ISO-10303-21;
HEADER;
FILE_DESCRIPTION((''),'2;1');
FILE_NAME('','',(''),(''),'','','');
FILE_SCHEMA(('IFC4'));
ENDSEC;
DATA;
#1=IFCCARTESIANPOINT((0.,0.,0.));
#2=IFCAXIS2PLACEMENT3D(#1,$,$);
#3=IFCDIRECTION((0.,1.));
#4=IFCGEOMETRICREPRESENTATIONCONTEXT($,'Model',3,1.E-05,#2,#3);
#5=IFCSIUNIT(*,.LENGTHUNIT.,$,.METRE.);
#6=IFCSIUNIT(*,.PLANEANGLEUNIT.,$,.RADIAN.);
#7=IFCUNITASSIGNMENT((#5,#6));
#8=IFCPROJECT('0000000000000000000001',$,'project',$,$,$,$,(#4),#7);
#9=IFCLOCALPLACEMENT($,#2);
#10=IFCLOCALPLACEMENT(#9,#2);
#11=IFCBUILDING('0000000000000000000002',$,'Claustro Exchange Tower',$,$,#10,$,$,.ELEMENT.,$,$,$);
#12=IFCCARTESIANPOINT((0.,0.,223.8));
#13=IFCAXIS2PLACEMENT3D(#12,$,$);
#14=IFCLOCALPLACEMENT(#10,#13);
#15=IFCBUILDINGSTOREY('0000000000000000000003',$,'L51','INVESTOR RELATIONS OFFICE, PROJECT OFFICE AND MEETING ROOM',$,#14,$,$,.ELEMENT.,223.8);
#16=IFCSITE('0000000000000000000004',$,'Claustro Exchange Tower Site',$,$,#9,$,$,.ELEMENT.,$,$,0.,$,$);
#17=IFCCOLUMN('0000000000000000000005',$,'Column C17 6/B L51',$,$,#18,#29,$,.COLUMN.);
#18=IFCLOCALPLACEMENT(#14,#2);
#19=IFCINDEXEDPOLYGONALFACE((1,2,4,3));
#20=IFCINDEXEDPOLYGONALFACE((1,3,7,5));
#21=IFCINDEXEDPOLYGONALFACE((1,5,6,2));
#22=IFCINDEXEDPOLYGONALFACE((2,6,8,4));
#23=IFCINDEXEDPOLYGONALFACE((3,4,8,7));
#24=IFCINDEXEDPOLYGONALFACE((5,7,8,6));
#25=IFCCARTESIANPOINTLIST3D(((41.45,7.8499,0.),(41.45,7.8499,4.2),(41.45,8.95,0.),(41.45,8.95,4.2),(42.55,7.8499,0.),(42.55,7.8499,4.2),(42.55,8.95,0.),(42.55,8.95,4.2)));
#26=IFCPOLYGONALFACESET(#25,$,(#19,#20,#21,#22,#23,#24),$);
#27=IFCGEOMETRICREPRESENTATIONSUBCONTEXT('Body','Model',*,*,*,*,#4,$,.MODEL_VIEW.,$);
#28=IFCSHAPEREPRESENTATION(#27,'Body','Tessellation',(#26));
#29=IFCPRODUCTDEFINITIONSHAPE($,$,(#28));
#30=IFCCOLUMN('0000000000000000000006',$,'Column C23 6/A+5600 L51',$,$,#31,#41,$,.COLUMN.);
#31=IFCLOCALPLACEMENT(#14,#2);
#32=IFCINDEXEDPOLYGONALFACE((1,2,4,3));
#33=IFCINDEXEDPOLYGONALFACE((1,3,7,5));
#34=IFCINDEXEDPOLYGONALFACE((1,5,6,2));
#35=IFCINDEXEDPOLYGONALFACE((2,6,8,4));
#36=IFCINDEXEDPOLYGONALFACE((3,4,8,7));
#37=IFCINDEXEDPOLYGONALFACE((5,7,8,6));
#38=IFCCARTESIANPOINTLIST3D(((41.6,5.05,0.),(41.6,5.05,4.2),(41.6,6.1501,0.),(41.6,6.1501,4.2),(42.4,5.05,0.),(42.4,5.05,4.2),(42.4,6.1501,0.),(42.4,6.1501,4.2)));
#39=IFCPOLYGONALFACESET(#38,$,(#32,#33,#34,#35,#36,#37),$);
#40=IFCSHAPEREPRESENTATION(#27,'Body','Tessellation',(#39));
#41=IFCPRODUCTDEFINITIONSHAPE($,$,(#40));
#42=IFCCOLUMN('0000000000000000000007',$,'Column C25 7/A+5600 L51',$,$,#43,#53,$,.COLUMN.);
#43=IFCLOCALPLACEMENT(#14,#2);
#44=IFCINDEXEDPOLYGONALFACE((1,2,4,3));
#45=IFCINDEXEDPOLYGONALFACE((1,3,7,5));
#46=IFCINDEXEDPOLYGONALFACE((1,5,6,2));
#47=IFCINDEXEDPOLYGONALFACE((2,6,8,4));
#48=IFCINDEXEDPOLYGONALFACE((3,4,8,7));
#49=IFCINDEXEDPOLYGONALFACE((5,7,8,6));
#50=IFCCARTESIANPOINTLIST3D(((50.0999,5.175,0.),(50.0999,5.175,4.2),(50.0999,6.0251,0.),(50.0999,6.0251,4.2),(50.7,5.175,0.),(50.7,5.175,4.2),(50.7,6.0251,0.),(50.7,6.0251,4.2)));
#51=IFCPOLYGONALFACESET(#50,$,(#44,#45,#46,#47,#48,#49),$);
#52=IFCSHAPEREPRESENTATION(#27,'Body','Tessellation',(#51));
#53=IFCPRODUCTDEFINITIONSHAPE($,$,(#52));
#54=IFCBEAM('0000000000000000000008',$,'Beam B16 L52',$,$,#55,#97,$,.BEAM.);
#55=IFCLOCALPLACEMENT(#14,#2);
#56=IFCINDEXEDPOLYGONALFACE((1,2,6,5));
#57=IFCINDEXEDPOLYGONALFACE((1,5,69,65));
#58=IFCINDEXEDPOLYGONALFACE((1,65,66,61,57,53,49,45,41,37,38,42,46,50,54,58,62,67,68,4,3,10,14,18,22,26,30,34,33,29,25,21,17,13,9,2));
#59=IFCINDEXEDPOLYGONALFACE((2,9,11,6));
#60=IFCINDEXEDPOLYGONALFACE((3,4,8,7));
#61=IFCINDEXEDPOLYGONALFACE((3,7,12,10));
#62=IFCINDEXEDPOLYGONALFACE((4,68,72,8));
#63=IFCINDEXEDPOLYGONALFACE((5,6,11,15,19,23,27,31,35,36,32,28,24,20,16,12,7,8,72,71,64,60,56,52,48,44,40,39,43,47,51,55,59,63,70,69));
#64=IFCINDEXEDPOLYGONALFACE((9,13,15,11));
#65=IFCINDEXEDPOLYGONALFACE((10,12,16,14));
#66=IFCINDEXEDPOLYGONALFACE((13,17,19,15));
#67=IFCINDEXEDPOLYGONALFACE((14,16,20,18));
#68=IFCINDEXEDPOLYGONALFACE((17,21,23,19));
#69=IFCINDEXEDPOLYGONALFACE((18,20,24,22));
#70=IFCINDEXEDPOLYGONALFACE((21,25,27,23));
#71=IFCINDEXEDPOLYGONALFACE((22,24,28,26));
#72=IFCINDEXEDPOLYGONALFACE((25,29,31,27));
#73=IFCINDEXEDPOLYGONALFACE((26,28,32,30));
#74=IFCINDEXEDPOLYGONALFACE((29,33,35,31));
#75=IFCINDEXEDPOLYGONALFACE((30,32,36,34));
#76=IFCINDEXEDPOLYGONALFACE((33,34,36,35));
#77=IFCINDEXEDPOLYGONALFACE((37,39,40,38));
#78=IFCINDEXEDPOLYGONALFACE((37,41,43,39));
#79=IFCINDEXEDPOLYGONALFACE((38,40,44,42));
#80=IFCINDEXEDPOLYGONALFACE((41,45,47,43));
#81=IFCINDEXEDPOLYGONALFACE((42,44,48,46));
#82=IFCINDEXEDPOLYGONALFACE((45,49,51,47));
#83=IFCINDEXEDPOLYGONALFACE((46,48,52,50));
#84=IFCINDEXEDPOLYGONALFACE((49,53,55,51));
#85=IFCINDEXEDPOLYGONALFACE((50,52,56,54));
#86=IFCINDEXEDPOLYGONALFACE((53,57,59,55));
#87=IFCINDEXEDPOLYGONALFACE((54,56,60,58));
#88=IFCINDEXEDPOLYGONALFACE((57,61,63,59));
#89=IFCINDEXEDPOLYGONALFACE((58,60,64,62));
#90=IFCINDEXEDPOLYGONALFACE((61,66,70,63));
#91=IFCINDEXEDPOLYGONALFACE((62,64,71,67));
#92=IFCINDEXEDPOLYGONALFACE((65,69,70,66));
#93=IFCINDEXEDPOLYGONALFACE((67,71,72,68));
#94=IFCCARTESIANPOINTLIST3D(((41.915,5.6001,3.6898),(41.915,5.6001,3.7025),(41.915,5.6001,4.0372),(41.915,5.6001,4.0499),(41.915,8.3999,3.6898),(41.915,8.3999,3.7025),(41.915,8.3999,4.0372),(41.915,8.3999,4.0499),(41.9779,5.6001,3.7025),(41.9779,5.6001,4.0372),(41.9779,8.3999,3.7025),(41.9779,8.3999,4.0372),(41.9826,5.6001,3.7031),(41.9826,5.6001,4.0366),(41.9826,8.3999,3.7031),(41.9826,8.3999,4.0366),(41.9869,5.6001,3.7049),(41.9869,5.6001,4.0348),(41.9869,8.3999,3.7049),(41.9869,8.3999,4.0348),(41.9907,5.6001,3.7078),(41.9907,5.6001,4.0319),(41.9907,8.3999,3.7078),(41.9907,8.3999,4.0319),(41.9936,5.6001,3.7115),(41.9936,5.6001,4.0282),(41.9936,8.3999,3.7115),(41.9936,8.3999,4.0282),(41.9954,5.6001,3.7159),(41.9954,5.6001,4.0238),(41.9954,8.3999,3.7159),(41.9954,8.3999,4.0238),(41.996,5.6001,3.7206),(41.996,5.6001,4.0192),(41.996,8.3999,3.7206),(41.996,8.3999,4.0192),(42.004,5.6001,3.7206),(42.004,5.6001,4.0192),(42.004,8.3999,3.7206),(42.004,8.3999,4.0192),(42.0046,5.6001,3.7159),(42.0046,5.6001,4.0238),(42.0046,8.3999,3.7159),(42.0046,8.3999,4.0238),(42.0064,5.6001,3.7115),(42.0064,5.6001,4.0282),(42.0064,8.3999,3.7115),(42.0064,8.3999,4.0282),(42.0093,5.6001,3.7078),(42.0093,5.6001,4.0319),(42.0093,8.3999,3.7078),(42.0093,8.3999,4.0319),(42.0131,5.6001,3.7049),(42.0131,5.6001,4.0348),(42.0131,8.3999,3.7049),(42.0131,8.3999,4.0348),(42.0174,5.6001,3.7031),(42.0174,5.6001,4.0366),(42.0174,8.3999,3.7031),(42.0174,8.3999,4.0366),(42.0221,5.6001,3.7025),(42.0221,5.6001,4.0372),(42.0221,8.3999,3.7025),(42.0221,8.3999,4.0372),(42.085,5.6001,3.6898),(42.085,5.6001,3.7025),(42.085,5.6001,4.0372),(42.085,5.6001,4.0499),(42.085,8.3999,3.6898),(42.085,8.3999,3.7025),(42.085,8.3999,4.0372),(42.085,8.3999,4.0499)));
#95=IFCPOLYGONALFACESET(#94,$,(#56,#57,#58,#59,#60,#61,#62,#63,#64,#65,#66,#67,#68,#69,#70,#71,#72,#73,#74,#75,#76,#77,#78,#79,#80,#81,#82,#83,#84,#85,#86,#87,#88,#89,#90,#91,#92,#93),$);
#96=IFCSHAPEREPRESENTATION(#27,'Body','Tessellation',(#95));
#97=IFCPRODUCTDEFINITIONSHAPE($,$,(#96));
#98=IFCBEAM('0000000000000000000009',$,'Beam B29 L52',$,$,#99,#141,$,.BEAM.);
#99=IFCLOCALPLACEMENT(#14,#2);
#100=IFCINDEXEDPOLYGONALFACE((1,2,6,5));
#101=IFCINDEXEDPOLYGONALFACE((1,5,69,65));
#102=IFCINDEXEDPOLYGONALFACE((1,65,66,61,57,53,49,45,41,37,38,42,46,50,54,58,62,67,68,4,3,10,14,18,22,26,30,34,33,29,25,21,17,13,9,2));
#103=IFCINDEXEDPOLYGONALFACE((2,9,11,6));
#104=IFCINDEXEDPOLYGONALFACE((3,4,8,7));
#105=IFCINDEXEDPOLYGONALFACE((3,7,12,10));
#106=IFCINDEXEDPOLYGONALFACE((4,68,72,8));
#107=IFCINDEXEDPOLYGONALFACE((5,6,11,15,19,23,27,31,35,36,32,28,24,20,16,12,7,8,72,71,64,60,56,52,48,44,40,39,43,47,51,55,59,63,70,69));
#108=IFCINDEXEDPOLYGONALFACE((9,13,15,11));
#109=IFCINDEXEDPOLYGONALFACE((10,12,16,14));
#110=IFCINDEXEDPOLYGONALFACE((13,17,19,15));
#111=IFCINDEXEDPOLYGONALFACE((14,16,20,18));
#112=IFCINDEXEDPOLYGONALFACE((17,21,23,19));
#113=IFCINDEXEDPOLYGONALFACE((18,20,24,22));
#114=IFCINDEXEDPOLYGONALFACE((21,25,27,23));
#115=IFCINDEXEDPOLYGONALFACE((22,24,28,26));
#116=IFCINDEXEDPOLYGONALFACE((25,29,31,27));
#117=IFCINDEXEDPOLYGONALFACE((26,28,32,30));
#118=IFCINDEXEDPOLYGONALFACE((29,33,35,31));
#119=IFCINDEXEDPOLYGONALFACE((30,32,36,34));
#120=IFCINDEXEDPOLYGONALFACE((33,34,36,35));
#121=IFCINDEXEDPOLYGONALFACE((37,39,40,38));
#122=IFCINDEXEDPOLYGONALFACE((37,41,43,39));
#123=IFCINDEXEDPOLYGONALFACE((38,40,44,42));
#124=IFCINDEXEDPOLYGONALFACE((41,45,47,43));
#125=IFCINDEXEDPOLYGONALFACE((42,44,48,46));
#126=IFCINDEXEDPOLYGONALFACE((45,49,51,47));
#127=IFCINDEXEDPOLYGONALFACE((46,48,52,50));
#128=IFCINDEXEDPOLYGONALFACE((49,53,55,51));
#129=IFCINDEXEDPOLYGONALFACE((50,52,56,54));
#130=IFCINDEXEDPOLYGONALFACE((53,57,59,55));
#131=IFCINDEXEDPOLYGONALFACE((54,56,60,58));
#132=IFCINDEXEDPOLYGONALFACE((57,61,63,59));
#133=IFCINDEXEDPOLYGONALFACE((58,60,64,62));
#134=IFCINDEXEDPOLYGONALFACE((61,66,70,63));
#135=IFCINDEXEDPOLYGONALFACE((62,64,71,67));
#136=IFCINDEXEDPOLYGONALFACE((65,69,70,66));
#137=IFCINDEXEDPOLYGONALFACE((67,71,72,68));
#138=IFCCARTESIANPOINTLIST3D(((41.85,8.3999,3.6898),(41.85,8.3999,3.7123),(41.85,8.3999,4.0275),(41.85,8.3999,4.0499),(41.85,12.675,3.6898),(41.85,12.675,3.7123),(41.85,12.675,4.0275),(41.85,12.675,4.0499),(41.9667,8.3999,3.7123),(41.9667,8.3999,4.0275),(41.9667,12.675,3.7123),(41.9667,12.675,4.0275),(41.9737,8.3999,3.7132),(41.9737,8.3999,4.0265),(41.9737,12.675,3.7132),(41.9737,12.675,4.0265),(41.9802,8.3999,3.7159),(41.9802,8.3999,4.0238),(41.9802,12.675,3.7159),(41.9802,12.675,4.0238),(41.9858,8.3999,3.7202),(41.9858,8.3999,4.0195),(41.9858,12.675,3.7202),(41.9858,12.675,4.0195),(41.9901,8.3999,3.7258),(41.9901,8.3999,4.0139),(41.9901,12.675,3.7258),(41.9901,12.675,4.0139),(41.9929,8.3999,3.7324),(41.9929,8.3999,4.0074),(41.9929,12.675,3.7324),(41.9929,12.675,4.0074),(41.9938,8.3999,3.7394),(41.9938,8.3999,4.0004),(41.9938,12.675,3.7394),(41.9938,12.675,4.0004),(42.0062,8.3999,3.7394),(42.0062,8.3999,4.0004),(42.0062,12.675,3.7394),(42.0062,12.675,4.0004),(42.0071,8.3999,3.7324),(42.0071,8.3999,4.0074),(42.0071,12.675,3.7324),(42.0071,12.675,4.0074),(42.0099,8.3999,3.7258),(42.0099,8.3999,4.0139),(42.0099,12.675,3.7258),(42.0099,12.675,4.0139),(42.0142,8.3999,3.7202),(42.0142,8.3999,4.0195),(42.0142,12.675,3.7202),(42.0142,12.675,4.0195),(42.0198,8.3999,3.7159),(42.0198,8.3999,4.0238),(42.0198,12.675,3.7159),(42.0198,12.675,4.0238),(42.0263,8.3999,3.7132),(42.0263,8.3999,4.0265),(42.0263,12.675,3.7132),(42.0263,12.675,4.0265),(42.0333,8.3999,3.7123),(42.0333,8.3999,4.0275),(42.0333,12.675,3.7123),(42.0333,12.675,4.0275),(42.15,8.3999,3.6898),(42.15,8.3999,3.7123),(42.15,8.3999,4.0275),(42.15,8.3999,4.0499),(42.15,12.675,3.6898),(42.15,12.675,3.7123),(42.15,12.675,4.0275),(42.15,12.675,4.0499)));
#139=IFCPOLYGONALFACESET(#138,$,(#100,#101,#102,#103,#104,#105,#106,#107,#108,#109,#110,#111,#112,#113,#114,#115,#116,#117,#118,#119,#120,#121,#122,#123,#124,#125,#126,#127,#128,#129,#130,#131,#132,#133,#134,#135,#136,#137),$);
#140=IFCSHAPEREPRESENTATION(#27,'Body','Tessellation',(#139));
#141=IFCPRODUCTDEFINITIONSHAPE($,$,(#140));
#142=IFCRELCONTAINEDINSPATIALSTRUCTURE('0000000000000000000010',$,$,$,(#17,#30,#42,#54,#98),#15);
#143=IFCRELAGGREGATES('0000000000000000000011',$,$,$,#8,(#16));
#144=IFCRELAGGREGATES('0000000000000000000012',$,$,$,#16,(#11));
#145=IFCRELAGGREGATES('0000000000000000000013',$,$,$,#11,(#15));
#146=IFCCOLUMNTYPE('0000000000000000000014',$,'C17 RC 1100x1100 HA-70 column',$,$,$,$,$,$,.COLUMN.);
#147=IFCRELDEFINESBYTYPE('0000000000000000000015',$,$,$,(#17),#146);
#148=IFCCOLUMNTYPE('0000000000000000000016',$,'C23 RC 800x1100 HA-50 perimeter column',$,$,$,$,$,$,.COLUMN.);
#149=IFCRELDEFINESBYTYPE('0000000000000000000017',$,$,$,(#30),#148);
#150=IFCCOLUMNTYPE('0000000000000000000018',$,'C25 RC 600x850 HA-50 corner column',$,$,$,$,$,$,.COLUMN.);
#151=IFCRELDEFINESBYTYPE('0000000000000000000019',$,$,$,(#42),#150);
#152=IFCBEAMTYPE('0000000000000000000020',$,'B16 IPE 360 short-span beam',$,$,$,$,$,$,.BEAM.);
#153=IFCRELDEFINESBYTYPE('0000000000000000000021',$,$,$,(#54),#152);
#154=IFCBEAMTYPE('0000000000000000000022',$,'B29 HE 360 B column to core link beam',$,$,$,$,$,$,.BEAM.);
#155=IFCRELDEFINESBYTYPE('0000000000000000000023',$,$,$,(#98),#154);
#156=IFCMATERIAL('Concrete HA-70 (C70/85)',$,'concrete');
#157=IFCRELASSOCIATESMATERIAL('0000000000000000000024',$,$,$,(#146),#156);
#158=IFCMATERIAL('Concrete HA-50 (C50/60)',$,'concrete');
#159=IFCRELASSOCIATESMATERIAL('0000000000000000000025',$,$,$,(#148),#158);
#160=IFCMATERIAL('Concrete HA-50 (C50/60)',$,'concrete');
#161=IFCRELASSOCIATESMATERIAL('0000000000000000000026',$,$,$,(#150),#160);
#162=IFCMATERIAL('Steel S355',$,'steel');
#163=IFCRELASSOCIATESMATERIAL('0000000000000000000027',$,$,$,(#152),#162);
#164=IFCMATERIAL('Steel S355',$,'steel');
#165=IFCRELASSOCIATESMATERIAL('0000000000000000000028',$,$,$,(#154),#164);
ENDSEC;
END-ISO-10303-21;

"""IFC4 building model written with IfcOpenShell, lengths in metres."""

from ifc_helpers import new_model, si_unit, direction, frame, origin, origin_2d, place, context, subcontext, project, spatial, rectangle, i_section, extrude, material, material_profile, profile_set, type_object, element, save


model = new_model("IFC4")

# Units and contexts
model_context = context("Model", 3, precision=1e-05, world=origin(), true_north=direction((0.0, 1.0)))
body_context = subcontext(model_context, "Body", "Model", "MODEL_VIEW")
ifc_project = project(units=[si_unit("LENGTHUNIT", "METRE"), si_unit("PLANEANGLEUNIT", "RADIAN")], contexts=[model_context])

# Site, building, storey
site_placement = place(None, origin())
site = spatial("IfcSite", under=ifc_project, at=site_placement, Name="Claustro Exchange Tower Site", CompositionType="ELEMENT", RefElevation=0.0)
building_placement = place(site_placement, origin())
building = spatial("IfcBuilding", under=site, at=building_placement, Name="Claustro Exchange Tower", CompositionType="ELEMENT")
storey_placement = place(building_placement, frame((0.0, 0.0, 223.8)))
storey = spatial("IfcBuildingStorey", under=building, at=storey_placement, Name="L51", Description="INVESTOR RELATIONS OFFICE, PROJECT OFFICE AND MEETING ROOM", CompositionType="ELEMENT", Elevation=223.8)

# Columns
ifc_material_1 = material(Name="Concrete HA-70 (C70/85)", Category="concrete")
ifc_material_profile_1 = material_profile(ifc_material_1, rectangle(XDim=1.1001, YDim=1.1001, at=origin_2d()), Name="RC 1100x1100")
ifc_profile_set_1 = profile_set([ifc_material_profile_1], Name="Concrete HA-70 (C70/85)")
column_type_1 = type_object("IfcColumnType", Name="C17 RC 1100x1100 HA-70 column", PredefinedType="COLUMN", material=ifc_profile_set_1)
column_1_placement = place(storey_placement, frame((42.0, 8.3999, 0.0), z_axis=(0.0, 0.0, 1.0), x_axis=(1.0, 0.0, 0.0)))
element("IfcColumn", 1, at=column_1_placement, inside=storey, type_object=column_type_1, Name="Column C17 6/B L51", PredefinedType="COLUMN", context=body_context, shape_type="SweptSolid", body=[
    extrude(rectangle(XDim=1.1001, YDim=1.1001, at=origin_2d()), origin(), (0.0, 0.0, 1.0), 4.2),
])
ifc_material_2 = material(Name="Concrete HA-50 (C50/60)", Category="concrete")
ifc_material_profile_2 = material_profile(ifc_material_2, rectangle(XDim=0.8, YDim=1.1001, at=origin_2d()), Name="RC 800x1100")
ifc_profile_set_2 = profile_set([ifc_material_profile_2], Name="Concrete HA-50 (C50/60)")
column_type_2 = type_object("IfcColumnType", Name="C23 RC 800x1100 HA-50 perimeter column", PredefinedType="COLUMN", material=ifc_profile_set_2)
column_2_placement = place(storey_placement, frame((42.0, 5.6001, 0.0), z_axis=(0.0, 0.0, 1.0), x_axis=(1.0, 0.0, 0.0)))
element("IfcColumn", 2, at=column_2_placement, inside=storey, type_object=column_type_2, Name="Column C23 6/A+5600 L51", PredefinedType="COLUMN", context=body_context, shape_type="SweptSolid", body=[
    extrude(rectangle(XDim=0.8, YDim=1.1001, at=origin_2d()), origin(), (0.0, 0.0, 1.0), 4.2),
])
ifc_material_3 = material(Name="Concrete HA-50 (C50/60)", Category="concrete")
ifc_material_profile_3 = material_profile(ifc_material_3, rectangle(XDim=0.6001, YDim=0.8501, at=origin_2d()), Name="RC 600x850")
ifc_profile_set_3 = profile_set([ifc_material_profile_3], Name="Concrete HA-50 (C50/60)")
column_type_3 = type_object("IfcColumnType", Name="C25 RC 600x850 HA-50 corner column", PredefinedType="COLUMN", material=ifc_profile_set_3)
column_3_placement = place(storey_placement, frame((50.3999, 5.6001, 0.0), z_axis=(0.0, 0.0, 1.0), x_axis=(1.0, 0.0, 0.0)))
element("IfcColumn", 3, at=column_3_placement, inside=storey, type_object=column_type_3, Name="Column C25 7/A+5600 L51", PredefinedType="COLUMN", context=body_context, shape_type="SweptSolid", body=[
    extrude(rectangle(XDim=0.6001, YDim=0.8501, at=origin_2d()), origin(), (0.0, 0.0, 1.0), 4.2),
])

# Beams
ifc_material_4 = material(Name="Steel S355", Category="steel")
ifc_material_profile_4 = material_profile(ifc_material_4, i_section(OverallWidth=0.1699, OverallDepth=0.3601, WebThickness=0.0081, FlangeThickness=0.0127, FilletRadius=0.0181, at=origin_2d()), Name="IPE 360")
ifc_profile_set_4 = profile_set([ifc_material_profile_4], Name="Steel S355")
beam_type_1 = type_object("IfcBeamType", Name="B16 IPE 360 short-span beam", PredefinedType="BEAM", material=ifc_profile_set_4)
beam_1_placement = place(storey_placement, frame((42.0, 5.6001, 3.8699), z_axis=(0.0, 1.0, 0.0), x_axis=(-1.0, 0.0, 0.0)))
element("IfcBeam", 4, at=beam_1_placement, inside=storey, type_object=beam_type_1, Name="Beam B16 L52", PredefinedType="BEAM", context=body_context, shape_type="SweptSolid", body=[
    extrude(i_section(OverallWidth=0.1699, OverallDepth=0.3601, WebThickness=0.0081, FlangeThickness=0.0127, FilletRadius=0.0181, at=origin_2d()), origin(), (0.0, 0.0, 1.0), 2.7998),
])
ifc_material_5 = material(Name="Steel S355", Category="steel")
ifc_material_profile_5 = material_profile(ifc_material_5, i_section(OverallWidth=0.3, OverallDepth=0.3601, WebThickness=0.0125, FlangeThickness=0.0225, FilletRadius=0.0271, at=origin_2d()), Name="HE 360 B")
ifc_profile_set_5 = profile_set([ifc_material_profile_5], Name="Steel S355")
beam_type_2 = type_object("IfcBeamType", Name="B29 HE 360 B column to core link beam", PredefinedType="BEAM", material=ifc_profile_set_5)
beam_2_placement = place(storey_placement, frame((42.0, 8.3999, 3.8699), z_axis=(0.0, 1.0, 0.0), x_axis=(-1.0, 0.0, 0.0)))
element("IfcBeam", 5, at=beam_2_placement, inside=storey, type_object=beam_type_2, Name="Beam B29 L52", PredefinedType="BEAM", context=body_context, shape_type="SweptSolid", body=[
    extrude(i_section(OverallWidth=0.3, OverallDepth=0.3601, WebThickness=0.0125, FlangeThickness=0.0225, FilletRadius=0.0271, at=origin_2d()), origin(), (0.0, 0.0, 1.0), 4.2751),
])

save(model, "model.ifc")
